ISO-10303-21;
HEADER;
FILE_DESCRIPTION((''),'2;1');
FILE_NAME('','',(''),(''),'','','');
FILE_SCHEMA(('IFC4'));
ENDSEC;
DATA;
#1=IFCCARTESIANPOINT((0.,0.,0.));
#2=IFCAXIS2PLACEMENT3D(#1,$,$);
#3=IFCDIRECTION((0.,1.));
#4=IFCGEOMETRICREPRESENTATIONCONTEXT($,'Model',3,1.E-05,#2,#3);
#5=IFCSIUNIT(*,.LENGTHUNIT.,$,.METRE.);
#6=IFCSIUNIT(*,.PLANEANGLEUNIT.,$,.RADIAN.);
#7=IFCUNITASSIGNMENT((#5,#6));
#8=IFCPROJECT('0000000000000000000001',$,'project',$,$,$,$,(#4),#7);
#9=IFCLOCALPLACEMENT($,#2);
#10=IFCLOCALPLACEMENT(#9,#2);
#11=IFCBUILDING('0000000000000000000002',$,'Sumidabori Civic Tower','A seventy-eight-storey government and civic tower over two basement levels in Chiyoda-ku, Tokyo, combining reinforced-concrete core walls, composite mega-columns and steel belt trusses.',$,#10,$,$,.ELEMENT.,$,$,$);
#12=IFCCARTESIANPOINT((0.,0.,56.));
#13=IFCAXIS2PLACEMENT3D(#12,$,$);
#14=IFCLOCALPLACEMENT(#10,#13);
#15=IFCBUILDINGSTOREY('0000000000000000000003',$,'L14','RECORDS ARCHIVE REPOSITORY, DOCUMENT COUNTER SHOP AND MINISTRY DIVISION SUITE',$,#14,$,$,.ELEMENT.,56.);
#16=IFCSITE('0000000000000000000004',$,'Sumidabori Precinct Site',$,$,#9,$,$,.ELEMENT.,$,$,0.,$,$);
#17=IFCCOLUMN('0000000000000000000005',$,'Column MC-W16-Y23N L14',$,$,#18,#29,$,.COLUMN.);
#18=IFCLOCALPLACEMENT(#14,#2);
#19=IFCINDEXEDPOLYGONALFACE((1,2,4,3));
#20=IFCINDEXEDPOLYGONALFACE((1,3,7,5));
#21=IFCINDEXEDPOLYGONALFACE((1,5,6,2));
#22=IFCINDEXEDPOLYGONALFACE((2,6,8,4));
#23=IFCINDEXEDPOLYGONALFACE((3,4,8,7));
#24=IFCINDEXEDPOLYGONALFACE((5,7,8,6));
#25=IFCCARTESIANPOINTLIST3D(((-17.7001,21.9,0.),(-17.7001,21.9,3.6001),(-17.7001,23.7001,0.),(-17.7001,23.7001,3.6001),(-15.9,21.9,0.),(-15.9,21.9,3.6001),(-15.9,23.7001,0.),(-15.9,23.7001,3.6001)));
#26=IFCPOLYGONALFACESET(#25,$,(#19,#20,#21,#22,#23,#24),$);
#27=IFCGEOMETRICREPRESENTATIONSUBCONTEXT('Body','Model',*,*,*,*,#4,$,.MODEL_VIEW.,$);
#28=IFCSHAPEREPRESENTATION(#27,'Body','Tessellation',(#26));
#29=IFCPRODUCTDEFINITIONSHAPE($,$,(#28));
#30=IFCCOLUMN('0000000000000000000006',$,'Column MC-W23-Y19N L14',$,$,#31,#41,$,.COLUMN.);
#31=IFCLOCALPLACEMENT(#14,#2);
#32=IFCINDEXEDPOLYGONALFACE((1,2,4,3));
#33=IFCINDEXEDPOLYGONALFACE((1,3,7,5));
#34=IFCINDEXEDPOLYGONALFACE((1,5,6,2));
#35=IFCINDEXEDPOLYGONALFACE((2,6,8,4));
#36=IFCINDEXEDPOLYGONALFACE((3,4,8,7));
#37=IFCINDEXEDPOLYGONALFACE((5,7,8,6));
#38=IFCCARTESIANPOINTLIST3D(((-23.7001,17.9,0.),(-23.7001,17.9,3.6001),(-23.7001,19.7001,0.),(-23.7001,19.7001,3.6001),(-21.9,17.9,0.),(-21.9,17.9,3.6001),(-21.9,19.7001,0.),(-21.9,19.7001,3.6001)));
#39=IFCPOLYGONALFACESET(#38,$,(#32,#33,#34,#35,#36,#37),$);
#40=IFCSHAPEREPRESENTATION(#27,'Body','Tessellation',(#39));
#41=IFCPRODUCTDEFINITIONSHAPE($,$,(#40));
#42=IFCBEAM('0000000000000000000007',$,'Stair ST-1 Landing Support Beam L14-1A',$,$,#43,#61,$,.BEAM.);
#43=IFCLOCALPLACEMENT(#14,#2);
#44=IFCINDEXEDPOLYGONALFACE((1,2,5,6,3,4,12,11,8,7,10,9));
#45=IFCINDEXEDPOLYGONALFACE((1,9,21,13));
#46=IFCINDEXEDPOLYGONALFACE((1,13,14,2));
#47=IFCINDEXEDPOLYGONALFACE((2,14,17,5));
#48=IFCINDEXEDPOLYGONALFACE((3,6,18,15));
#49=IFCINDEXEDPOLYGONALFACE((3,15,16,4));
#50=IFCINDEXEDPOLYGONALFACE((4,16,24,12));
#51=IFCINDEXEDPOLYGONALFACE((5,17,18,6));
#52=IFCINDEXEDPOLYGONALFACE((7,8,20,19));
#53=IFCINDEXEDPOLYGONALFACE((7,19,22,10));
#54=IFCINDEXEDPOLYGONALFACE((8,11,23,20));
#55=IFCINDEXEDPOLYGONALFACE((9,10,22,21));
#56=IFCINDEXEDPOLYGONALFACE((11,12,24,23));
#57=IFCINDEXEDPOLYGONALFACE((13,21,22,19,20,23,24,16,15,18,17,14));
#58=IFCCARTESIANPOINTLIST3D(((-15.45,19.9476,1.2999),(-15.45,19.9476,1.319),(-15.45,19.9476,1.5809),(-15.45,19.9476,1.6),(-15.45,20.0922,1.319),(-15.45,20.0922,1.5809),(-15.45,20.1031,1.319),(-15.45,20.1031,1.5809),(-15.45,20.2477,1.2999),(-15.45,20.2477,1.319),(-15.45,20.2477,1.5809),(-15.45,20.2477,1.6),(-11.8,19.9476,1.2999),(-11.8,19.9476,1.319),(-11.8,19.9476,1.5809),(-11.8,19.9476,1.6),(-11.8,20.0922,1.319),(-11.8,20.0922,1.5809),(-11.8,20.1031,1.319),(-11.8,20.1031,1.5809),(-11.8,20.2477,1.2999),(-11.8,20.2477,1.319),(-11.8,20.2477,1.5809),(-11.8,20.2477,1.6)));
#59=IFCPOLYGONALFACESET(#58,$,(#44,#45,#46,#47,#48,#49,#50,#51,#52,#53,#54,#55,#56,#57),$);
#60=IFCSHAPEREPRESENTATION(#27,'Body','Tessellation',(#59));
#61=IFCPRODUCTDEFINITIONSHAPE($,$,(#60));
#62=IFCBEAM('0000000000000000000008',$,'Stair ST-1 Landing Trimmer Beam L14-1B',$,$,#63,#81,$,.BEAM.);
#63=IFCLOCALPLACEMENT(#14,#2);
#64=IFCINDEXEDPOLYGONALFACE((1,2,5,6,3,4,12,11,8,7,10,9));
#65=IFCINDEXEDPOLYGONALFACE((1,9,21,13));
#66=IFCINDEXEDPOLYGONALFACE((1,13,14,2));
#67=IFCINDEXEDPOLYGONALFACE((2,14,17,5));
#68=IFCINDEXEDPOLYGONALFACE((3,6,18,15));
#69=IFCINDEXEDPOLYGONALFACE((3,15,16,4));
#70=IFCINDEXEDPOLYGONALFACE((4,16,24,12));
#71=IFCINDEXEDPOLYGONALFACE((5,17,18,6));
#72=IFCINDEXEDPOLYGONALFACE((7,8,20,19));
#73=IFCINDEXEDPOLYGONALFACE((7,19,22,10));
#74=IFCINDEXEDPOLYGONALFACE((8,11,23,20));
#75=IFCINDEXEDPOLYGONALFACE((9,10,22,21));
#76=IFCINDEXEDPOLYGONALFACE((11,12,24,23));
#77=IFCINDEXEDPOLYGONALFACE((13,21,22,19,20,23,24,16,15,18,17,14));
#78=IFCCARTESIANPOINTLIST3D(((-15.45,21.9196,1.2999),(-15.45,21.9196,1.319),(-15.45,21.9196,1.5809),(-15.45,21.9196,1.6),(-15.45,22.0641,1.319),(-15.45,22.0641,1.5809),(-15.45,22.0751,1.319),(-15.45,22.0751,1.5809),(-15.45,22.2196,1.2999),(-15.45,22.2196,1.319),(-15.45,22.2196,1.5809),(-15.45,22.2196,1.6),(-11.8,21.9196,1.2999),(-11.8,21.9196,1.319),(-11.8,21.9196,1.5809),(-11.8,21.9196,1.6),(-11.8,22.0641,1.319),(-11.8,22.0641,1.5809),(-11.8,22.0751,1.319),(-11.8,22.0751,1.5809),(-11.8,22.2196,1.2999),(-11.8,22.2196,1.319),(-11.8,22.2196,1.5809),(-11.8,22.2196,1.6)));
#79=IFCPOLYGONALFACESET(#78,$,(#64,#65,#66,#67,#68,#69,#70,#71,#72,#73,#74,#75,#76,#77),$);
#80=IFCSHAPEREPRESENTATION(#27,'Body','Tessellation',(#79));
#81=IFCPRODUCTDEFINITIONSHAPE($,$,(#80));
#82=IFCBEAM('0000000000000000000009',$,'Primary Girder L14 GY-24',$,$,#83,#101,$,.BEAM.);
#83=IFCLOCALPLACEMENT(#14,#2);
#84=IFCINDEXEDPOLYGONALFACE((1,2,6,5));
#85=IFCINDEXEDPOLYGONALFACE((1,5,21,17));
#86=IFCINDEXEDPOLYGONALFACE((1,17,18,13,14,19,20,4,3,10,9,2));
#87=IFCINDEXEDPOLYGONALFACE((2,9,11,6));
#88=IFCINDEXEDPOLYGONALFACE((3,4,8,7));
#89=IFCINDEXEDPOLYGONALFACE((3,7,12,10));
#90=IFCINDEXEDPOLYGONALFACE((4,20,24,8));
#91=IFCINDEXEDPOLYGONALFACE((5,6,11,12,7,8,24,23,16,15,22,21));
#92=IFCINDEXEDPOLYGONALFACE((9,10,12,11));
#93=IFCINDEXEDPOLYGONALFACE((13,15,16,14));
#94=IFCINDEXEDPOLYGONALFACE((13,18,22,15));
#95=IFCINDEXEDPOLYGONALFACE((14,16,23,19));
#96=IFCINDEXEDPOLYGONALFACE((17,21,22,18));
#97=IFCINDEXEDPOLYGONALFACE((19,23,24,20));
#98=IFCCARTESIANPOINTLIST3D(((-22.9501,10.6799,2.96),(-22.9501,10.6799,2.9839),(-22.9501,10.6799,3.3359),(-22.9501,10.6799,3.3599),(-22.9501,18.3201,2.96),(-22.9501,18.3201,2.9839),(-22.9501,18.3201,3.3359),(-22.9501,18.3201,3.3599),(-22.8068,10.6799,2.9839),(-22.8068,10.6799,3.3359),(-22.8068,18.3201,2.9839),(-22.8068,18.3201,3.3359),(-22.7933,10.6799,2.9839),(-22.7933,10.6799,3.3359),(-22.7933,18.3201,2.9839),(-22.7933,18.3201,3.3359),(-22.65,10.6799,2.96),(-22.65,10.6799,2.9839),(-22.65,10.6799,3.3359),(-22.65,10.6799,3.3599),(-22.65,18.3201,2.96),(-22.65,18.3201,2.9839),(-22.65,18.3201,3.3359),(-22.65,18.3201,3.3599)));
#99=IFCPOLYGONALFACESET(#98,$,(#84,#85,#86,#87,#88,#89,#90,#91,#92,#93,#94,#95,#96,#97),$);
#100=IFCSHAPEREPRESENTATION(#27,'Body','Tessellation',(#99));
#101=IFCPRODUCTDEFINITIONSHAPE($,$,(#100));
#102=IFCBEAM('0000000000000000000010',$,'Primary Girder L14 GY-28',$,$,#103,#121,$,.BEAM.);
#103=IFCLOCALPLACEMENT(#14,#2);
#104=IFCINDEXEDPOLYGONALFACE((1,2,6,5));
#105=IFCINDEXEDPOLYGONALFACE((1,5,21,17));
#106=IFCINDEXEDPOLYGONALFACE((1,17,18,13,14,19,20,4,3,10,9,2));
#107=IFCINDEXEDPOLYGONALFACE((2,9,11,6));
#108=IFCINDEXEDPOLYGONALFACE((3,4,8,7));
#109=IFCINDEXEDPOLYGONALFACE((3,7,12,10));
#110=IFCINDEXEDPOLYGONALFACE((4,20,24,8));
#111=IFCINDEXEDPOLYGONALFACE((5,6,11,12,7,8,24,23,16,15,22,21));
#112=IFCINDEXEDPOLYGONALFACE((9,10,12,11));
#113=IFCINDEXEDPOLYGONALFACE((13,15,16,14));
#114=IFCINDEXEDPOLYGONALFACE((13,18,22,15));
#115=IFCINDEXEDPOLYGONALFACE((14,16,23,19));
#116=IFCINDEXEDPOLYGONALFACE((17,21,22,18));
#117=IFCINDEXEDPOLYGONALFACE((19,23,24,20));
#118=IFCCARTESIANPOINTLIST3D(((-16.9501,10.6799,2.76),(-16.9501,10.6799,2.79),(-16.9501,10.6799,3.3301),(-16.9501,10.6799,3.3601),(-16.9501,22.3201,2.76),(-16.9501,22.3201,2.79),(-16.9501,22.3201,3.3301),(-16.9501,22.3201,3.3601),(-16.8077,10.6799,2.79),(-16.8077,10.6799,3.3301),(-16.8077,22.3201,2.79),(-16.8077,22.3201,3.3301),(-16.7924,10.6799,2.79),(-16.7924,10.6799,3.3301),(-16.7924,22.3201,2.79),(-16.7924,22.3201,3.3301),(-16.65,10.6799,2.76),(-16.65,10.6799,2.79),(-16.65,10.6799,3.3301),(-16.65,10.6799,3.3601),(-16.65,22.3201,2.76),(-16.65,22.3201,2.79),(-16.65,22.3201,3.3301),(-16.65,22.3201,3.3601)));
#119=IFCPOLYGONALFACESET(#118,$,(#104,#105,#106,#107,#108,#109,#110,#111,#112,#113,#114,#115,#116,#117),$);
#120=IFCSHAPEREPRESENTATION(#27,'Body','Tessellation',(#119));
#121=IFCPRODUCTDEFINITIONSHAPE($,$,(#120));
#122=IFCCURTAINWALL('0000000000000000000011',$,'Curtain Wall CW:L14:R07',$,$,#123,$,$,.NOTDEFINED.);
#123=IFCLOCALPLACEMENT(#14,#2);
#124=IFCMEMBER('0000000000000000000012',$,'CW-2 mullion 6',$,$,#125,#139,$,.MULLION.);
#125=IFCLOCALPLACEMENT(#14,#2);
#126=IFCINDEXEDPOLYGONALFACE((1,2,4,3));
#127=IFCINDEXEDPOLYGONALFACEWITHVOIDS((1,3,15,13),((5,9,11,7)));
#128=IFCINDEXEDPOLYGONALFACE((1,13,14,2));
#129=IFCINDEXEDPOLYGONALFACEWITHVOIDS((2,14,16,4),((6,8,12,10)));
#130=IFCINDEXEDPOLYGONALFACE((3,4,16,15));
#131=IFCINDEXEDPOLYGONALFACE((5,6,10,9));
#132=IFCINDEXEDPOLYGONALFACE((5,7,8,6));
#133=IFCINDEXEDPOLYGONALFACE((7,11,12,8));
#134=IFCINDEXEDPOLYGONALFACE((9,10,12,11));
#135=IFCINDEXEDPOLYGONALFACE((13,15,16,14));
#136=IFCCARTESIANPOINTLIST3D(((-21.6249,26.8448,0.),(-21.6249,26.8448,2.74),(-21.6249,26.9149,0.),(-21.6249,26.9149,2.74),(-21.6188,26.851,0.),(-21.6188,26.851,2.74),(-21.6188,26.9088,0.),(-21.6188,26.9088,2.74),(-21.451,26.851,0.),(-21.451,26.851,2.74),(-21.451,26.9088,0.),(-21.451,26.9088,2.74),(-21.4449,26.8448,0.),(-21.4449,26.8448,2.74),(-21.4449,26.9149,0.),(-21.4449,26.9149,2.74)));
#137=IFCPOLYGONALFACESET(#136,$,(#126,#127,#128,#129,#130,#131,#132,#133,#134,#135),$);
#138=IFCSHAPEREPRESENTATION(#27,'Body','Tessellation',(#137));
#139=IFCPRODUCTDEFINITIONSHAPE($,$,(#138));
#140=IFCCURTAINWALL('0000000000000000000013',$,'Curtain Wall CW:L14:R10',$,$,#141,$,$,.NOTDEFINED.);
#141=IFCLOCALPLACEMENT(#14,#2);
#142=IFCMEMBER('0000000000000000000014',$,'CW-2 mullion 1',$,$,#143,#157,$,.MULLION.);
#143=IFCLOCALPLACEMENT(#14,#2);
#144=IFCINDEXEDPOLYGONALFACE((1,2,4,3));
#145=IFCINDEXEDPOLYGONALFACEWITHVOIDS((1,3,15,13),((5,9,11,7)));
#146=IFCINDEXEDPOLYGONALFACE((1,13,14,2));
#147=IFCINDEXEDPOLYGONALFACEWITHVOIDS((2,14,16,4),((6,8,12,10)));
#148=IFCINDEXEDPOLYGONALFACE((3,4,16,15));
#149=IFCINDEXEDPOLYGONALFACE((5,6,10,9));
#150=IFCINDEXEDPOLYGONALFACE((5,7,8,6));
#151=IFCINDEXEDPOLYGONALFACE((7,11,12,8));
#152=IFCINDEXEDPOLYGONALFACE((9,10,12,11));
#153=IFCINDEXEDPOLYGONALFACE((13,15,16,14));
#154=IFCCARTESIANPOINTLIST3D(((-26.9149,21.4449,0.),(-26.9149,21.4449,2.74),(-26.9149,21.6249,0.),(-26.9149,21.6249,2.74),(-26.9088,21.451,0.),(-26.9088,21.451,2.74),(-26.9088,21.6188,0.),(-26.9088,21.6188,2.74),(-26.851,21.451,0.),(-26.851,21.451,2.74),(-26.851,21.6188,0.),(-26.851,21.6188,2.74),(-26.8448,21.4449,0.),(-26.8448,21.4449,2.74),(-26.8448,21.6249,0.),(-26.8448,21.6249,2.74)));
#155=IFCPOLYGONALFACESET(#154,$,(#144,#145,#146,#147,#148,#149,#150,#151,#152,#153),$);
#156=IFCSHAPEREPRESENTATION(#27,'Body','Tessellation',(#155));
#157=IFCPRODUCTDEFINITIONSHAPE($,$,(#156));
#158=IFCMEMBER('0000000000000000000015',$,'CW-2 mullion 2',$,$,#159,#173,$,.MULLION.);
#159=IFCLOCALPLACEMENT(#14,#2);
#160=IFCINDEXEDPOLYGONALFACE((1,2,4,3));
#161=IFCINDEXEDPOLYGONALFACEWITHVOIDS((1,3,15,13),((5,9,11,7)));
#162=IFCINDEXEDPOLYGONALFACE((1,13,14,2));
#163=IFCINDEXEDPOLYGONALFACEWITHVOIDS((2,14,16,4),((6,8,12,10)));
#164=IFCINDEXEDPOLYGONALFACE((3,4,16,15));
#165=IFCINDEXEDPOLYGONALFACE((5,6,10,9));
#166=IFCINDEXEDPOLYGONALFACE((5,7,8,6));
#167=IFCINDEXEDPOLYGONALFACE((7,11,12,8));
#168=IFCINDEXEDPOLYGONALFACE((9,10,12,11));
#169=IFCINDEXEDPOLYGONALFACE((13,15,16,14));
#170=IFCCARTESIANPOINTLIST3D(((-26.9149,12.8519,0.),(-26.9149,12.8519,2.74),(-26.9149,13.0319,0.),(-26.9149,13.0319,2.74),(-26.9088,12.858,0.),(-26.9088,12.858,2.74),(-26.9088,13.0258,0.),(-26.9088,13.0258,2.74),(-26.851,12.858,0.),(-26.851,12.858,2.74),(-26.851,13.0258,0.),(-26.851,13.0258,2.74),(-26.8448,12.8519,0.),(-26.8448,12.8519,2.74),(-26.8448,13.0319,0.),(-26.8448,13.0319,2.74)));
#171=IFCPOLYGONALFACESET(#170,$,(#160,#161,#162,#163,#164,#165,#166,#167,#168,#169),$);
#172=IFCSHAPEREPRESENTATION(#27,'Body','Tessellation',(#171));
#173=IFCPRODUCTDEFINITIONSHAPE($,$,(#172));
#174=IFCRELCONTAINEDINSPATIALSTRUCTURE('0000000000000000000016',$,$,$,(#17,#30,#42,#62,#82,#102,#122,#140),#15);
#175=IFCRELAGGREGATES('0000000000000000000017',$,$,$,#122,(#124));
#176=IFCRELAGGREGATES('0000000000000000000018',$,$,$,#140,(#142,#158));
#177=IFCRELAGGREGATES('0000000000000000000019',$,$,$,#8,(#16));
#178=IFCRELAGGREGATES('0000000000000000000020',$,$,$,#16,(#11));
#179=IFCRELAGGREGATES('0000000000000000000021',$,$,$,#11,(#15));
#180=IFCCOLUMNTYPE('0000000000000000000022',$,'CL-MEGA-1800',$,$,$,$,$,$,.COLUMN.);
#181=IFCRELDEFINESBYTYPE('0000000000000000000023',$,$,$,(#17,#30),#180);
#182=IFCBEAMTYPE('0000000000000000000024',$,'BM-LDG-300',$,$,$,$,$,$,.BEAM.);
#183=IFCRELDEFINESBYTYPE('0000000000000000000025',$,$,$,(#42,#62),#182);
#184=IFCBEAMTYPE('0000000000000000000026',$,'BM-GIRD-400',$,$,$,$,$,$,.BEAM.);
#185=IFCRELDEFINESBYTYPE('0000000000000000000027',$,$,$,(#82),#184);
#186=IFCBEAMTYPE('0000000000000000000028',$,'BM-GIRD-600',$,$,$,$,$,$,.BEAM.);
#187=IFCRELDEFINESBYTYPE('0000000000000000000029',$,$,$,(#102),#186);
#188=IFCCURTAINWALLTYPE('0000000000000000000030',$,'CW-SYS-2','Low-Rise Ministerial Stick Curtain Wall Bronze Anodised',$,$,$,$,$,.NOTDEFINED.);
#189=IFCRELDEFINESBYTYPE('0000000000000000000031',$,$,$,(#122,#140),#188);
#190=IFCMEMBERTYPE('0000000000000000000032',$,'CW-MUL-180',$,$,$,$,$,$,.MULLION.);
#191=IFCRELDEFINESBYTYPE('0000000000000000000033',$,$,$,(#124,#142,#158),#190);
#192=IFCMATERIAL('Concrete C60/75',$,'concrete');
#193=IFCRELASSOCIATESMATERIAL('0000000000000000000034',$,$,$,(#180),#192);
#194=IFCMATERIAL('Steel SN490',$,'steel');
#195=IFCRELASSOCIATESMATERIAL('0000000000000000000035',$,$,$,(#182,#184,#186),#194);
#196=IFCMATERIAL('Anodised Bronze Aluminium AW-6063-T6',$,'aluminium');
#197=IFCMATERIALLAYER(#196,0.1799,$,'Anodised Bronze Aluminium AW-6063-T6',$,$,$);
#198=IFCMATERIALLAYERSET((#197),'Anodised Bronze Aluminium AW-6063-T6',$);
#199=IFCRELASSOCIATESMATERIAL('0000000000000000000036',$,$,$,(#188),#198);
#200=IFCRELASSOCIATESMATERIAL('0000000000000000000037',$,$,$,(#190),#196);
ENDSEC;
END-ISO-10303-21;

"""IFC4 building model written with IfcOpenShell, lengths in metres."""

from ifc_helpers import new_model, si_unit, direction, frame, origin, origin_2d, place, context, subcontext, project, spatial, rectangle, hollow_rectangle, i_section, extrude, source, transform, mapped, material, layer, layer_set, material_profile, profile_set, type_object, element, aggregate, save


model = new_model("IFC4")

# Units and contexts
model_context = context("Model", 3, precision=1e-05, world=origin(), true_north=direction((0.0, 1.0)))
body_context = subcontext(model_context, "Body", "Model", "MODEL_VIEW")
ifc_project = project(units=[si_unit("LENGTHUNIT", "METRE"), si_unit("PLANEANGLEUNIT", "RADIAN")], contexts=[model_context])

# Site, building, storey
site_placement = place(None, origin())
site = spatial("IfcSite", under=ifc_project, at=site_placement, Name="Sumidabori Precinct Site", CompositionType="ELEMENT", RefElevation=0.0)
building_placement = place(site_placement, origin())
building = spatial("IfcBuilding", under=site, at=building_placement, Name="Sumidabori Civic Tower", Description="A seventy-eight-storey government and civic tower over two basement levels in Chiyoda-ku, Tokyo, combining reinforced-concrete core walls, composite mega-columns and steel belt trusses.", CompositionType="ELEMENT")
storey_placement = place(building_placement, frame((0.0, 0.0, 56.0)))
storey = spatial("IfcBuildingStorey", under=building, at=storey_placement, Name="L14", Description="RECORDS ARCHIVE REPOSITORY, DOCUMENT COUNTER SHOP AND MINISTRY DIVISION SUITE", CompositionType="ELEMENT", Elevation=56.0)

# Columns
ifc_material_1 = material(Name="Concrete C60/75", Category="concrete")
ifc_material_profile_1 = material_profile(ifc_material_1, rectangle(XDim=1.8, YDim=1.8, at=origin_2d()), Name="RC 1800x1800")
ifc_profile_set_1 = profile_set([ifc_material_profile_1], Name="Concrete C60/75")
column_type = type_object("IfcColumnType", Name="CL-MEGA-1800", PredefinedType="COLUMN", material=ifc_profile_set_1)
shared_shape_1 = source(origin(), body_context, "Body", "SweptSolid", [
    extrude(rectangle(XDim=1.8, YDim=1.8, at=origin_2d()), origin(), (0.0, 0.0, 1.0), 3.6001),
])
for number, where, z_axis, x_axis, name in (
    (1, (-16.8, 22.8, 0.0), (0.0, 0.0, 1.0), (1.0, 0.0, 0.0), "Column MC-W16-Y23N L14"),
    (2, (-22.8, 18.8, 0.0), (0.0, 0.0, 1.0), (1.0, 0.0, 0.0), "Column MC-W23-Y19N L14"),
):
    element("IfcColumn", number, at=place(storey_placement, frame(where, z_axis=z_axis, x_axis=x_axis)), inside=storey, type_object=column_type, Name=name, PredefinedType="COLUMN", context=body_context, shape_type="MappedRepresentation", body=[
        mapped(shared_shape_1, transform((0.0, 0.0, 0.0), x_axis=(1.0, 0.0, 0.0), y_axis=(0.0, 1.0, 0.0), z_axis=(0.0, 0.0, 1.0), scale=1.0)),
    ])

# Beams
ifc_material_2 = material(Name="Steel SN490", Category="steel")
ifc_material_profile_2 = material_profile(ifc_material_2, i_section(OverallWidth=0.3, OverallDepth=0.3, WebThickness=0.011, FlangeThickness=0.019, at=origin_2d()), Name="HE 300 B")
ifc_profile_set_2 = profile_set([ifc_material_profile_2], Name="Steel SN490")
beam_type_1 = type_object("IfcBeamType", Name="BM-LDG-300", PredefinedType="BEAM", material=ifc_profile_set_2)
shared_shape_2 = source(origin(), body_context, "Body", "SweptSolid", [
    extrude(i_section(OverallWidth=0.3, OverallDepth=0.3, WebThickness=0.011, FlangeThickness=0.019, at=origin_2d()), origin(), (0.0, 0.0, 1.0), 3.6499),
])
for number, where, z_axis, x_axis, name in (
    (3, (-15.45, 20.0977, 1.45), (1.0, 0.0, 0.0), (0.0, 1.0, 0.0), "Stair ST-1 Landing Support Beam L14-1A"),
    (4, (-15.45, 22.0696, 1.45), (1.0, 0.0, 0.0), (0.0, 1.0, 0.0), "Stair ST-1 Landing Trimmer Beam L14-1B"),
):
    element("IfcBeam", number, at=place(storey_placement, frame(where, z_axis=z_axis, x_axis=x_axis)), inside=storey, type_object=beam_type_1, Name=name, PredefinedType="BEAM", context=body_context, shape_type="MappedRepresentation", body=[
        mapped(shared_shape_2, transform((0.0, 0.0, 0.0), x_axis=(1.0, 0.0, 0.0), y_axis=(0.0, 1.0, 0.0), z_axis=(0.0, 0.0, 1.0), scale=1.0)),
    ])
ifc_material_profile_3 = material_profile(ifc_material_2, i_section(OverallWidth=0.3, OverallDepth=0.3999, WebThickness=0.0134, FlangeThickness=0.0239, at=origin_2d()), Name="HE 400 B")
ifc_profile_set_3 = profile_set([ifc_material_profile_3], Name="Steel SN490")
beam_type_2 = type_object("IfcBeamType", Name="BM-GIRD-400", PredefinedType="BEAM", material=ifc_profile_set_3)
shared_shape_3 = source(origin(), body_context, "Body", "SweptSolid", [
    extrude(i_section(OverallWidth=0.3, OverallDepth=0.3999, WebThickness=0.0134, FlangeThickness=0.0239, at=origin_2d()), origin(), (0.0, 0.0, 1.0), 7.6401),
])
beam_1_placement = place(storey_placement, frame((-22.8, 10.6799, 3.1599), z_axis=(0.0, 1.0, 0.0), x_axis=(-1.0, 0.0, 0.0)))
element("IfcBeam", 5, at=beam_1_placement, inside=storey, type_object=beam_type_2, Name="Primary Girder L14 GY-24", PredefinedType="BEAM", context=body_context, shape_type="MappedRepresentation", body=[
    mapped(shared_shape_3, transform((0.0, 0.0, 0.0), x_axis=(1.0, 0.0, 0.0), y_axis=(0.0, 1.0, 0.0), z_axis=(0.0, 0.0, 1.0), scale=1.0)),
])
ifc_material_profile_4 = material_profile(ifc_material_2, i_section(OverallWidth=0.3, OverallDepth=0.6001, WebThickness=0.0154, FlangeThickness=0.03, at=origin_2d()), Name="HE 600 B")
ifc_profile_set_4 = profile_set([ifc_material_profile_4], Name="Steel SN490")
beam_type_3 = type_object("IfcBeamType", Name="BM-GIRD-600", PredefinedType="BEAM", material=ifc_profile_set_4)
shared_shape_4 = source(origin(), body_context, "Body", "SweptSolid", [
    extrude(i_section(OverallWidth=0.3, OverallDepth=0.6001, WebThickness=0.0154, FlangeThickness=0.03, at=origin_2d()), origin(), (0.0, 0.0, 1.0), 11.6401),
])
beam_2_placement = place(storey_placement, frame((-16.8, 10.6799, 3.0601), z_axis=(0.0, 1.0, 0.0), x_axis=(-1.0, 0.0, 0.0)))
element("IfcBeam", 6, at=beam_2_placement, inside=storey, type_object=beam_type_3, Name="Primary Girder L14 GY-28", PredefinedType="BEAM", context=body_context, shape_type="MappedRepresentation", body=[
    mapped(shared_shape_4, transform((0.0, 0.0, 0.0), x_axis=(1.0, 0.0, 0.0), y_axis=(0.0, 1.0, 0.0), z_axis=(0.0, 0.0, 1.0), scale=1.0)),
])

# Curtain wall, member
ifc_material_3 = material(Name="Anodised Bronze Aluminium AW-6063-T6", Category="aluminium")
ifc_layer_1 = layer(ifc_material_3, 0.1799, Name="Anodised Bronze Aluminium AW-6063-T6")
ifc_layer_set_1 = layer_set([ifc_layer_1], Name="Anodised Bronze Aluminium AW-6063-T6")
curtain_wall_type = type_object("IfcCurtainWallType", Name="CW-SYS-2", Description="Low-Rise Ministerial Stick Curtain Wall Bronze Anodised", PredefinedType="NOTDEFINED", material=ifc_layer_set_1)
curtain_wall_1_placement = place(storey_placement, origin())
curtain_wall_1 = element("IfcCurtainWall", 7, at=curtain_wall_1_placement, inside=storey, type_object=curtain_wall_type, Name="Curtain Wall CW:L14:R07", PredefinedType="NOTDEFINED")
ifc_material_profile_5 = material_profile(ifc_material_3, hollow_rectangle(XDim=0.0701, YDim=0.1799, WallThickness=0.0061, at=origin_2d()), Name="ALU MULLION 180x70")
ifc_profile_set_5 = profile_set([ifc_material_profile_5], Name="Anodised Bronze Aluminium AW-6063-T6")
member_type_1 = type_object("IfcMemberType", Name="CW-MUL-180", PredefinedType="MULLION", material=ifc_profile_set_5)
shared_shape_5 = source(origin(), body_context, "Body", "SweptSolid", [
    extrude(hollow_rectangle(XDim=0.0701, YDim=0.1799, WallThickness=0.0061, at=origin_2d()), origin(), (0.0, 0.0, 1.0), 2.74),
])
member_1_placement = place(storey_placement, frame((-21.5349, 26.8799, 0.0), z_axis=(0.0, 0.0, 1.0), x_axis=(0.0, -1.0, 0.0)))
member_1 = element("IfcMember", 8, at=member_1_placement, type_object=member_type_1, Name="CW-2 mullion 6", PredefinedType="MULLION", context=body_context, shape_type="MappedRepresentation", body=[
    mapped(shared_shape_5, transform((0.0, 0.0, 0.0), x_axis=(1.0, 0.0, 0.0), y_axis=(0.0, 1.0, 0.0), z_axis=(0.0, 0.0, 1.0), scale=1.0)),
])

# Curtain wall, members
curtain_wall_2_placement = place(storey_placement, origin())
curtain_wall_2 = element("IfcCurtainWall", 9, at=curtain_wall_2_placement, inside=storey, type_object=curtain_wall_type, Name="Curtain Wall CW:L14:R10", PredefinedType="NOTDEFINED")
member_2_placement = place(storey_placement, frame((-26.8799, 21.5349, 0.0), z_axis=(0.0, 0.0, 1.0), x_axis=(1.0, 0.0, 0.0)))
member_2 = element("IfcMember", 10, at=member_2_placement, type_object=member_type_1, Name="CW-2 mullion 1", PredefinedType="MULLION", context=body_context, shape_type="MappedRepresentation", body=[
    mapped(shared_shape_5, transform((0.0, 0.0, 0.0), x_axis=(1.0, 0.0, 0.0), y_axis=(0.0, 1.0, 0.0), z_axis=(0.0, 0.0, 1.0), scale=1.0)),
])
member_3_placement = place(storey_placement, frame((-26.8799, 12.9419, 0.0), z_axis=(0.0, 0.0, 1.0), x_axis=(1.0, 0.0, 0.0)))
member_3 = element("IfcMember", 11, at=member_3_placement, type_object=member_type_1, Name="CW-2 mullion 2", PredefinedType="MULLION", context=body_context, shape_type="MappedRepresentation", body=[
    mapped(shared_shape_5, transform((0.0, 0.0, 0.0), x_axis=(1.0, 0.0, 0.0), y_axis=(0.0, 1.0, 0.0), z_axis=(0.0, 0.0, 1.0), scale=1.0)),
])

aggregate(curtain_wall_1, [member_1])
aggregate(curtain_wall_2, [member_2, member_3])

save(model, "model.ifc")
